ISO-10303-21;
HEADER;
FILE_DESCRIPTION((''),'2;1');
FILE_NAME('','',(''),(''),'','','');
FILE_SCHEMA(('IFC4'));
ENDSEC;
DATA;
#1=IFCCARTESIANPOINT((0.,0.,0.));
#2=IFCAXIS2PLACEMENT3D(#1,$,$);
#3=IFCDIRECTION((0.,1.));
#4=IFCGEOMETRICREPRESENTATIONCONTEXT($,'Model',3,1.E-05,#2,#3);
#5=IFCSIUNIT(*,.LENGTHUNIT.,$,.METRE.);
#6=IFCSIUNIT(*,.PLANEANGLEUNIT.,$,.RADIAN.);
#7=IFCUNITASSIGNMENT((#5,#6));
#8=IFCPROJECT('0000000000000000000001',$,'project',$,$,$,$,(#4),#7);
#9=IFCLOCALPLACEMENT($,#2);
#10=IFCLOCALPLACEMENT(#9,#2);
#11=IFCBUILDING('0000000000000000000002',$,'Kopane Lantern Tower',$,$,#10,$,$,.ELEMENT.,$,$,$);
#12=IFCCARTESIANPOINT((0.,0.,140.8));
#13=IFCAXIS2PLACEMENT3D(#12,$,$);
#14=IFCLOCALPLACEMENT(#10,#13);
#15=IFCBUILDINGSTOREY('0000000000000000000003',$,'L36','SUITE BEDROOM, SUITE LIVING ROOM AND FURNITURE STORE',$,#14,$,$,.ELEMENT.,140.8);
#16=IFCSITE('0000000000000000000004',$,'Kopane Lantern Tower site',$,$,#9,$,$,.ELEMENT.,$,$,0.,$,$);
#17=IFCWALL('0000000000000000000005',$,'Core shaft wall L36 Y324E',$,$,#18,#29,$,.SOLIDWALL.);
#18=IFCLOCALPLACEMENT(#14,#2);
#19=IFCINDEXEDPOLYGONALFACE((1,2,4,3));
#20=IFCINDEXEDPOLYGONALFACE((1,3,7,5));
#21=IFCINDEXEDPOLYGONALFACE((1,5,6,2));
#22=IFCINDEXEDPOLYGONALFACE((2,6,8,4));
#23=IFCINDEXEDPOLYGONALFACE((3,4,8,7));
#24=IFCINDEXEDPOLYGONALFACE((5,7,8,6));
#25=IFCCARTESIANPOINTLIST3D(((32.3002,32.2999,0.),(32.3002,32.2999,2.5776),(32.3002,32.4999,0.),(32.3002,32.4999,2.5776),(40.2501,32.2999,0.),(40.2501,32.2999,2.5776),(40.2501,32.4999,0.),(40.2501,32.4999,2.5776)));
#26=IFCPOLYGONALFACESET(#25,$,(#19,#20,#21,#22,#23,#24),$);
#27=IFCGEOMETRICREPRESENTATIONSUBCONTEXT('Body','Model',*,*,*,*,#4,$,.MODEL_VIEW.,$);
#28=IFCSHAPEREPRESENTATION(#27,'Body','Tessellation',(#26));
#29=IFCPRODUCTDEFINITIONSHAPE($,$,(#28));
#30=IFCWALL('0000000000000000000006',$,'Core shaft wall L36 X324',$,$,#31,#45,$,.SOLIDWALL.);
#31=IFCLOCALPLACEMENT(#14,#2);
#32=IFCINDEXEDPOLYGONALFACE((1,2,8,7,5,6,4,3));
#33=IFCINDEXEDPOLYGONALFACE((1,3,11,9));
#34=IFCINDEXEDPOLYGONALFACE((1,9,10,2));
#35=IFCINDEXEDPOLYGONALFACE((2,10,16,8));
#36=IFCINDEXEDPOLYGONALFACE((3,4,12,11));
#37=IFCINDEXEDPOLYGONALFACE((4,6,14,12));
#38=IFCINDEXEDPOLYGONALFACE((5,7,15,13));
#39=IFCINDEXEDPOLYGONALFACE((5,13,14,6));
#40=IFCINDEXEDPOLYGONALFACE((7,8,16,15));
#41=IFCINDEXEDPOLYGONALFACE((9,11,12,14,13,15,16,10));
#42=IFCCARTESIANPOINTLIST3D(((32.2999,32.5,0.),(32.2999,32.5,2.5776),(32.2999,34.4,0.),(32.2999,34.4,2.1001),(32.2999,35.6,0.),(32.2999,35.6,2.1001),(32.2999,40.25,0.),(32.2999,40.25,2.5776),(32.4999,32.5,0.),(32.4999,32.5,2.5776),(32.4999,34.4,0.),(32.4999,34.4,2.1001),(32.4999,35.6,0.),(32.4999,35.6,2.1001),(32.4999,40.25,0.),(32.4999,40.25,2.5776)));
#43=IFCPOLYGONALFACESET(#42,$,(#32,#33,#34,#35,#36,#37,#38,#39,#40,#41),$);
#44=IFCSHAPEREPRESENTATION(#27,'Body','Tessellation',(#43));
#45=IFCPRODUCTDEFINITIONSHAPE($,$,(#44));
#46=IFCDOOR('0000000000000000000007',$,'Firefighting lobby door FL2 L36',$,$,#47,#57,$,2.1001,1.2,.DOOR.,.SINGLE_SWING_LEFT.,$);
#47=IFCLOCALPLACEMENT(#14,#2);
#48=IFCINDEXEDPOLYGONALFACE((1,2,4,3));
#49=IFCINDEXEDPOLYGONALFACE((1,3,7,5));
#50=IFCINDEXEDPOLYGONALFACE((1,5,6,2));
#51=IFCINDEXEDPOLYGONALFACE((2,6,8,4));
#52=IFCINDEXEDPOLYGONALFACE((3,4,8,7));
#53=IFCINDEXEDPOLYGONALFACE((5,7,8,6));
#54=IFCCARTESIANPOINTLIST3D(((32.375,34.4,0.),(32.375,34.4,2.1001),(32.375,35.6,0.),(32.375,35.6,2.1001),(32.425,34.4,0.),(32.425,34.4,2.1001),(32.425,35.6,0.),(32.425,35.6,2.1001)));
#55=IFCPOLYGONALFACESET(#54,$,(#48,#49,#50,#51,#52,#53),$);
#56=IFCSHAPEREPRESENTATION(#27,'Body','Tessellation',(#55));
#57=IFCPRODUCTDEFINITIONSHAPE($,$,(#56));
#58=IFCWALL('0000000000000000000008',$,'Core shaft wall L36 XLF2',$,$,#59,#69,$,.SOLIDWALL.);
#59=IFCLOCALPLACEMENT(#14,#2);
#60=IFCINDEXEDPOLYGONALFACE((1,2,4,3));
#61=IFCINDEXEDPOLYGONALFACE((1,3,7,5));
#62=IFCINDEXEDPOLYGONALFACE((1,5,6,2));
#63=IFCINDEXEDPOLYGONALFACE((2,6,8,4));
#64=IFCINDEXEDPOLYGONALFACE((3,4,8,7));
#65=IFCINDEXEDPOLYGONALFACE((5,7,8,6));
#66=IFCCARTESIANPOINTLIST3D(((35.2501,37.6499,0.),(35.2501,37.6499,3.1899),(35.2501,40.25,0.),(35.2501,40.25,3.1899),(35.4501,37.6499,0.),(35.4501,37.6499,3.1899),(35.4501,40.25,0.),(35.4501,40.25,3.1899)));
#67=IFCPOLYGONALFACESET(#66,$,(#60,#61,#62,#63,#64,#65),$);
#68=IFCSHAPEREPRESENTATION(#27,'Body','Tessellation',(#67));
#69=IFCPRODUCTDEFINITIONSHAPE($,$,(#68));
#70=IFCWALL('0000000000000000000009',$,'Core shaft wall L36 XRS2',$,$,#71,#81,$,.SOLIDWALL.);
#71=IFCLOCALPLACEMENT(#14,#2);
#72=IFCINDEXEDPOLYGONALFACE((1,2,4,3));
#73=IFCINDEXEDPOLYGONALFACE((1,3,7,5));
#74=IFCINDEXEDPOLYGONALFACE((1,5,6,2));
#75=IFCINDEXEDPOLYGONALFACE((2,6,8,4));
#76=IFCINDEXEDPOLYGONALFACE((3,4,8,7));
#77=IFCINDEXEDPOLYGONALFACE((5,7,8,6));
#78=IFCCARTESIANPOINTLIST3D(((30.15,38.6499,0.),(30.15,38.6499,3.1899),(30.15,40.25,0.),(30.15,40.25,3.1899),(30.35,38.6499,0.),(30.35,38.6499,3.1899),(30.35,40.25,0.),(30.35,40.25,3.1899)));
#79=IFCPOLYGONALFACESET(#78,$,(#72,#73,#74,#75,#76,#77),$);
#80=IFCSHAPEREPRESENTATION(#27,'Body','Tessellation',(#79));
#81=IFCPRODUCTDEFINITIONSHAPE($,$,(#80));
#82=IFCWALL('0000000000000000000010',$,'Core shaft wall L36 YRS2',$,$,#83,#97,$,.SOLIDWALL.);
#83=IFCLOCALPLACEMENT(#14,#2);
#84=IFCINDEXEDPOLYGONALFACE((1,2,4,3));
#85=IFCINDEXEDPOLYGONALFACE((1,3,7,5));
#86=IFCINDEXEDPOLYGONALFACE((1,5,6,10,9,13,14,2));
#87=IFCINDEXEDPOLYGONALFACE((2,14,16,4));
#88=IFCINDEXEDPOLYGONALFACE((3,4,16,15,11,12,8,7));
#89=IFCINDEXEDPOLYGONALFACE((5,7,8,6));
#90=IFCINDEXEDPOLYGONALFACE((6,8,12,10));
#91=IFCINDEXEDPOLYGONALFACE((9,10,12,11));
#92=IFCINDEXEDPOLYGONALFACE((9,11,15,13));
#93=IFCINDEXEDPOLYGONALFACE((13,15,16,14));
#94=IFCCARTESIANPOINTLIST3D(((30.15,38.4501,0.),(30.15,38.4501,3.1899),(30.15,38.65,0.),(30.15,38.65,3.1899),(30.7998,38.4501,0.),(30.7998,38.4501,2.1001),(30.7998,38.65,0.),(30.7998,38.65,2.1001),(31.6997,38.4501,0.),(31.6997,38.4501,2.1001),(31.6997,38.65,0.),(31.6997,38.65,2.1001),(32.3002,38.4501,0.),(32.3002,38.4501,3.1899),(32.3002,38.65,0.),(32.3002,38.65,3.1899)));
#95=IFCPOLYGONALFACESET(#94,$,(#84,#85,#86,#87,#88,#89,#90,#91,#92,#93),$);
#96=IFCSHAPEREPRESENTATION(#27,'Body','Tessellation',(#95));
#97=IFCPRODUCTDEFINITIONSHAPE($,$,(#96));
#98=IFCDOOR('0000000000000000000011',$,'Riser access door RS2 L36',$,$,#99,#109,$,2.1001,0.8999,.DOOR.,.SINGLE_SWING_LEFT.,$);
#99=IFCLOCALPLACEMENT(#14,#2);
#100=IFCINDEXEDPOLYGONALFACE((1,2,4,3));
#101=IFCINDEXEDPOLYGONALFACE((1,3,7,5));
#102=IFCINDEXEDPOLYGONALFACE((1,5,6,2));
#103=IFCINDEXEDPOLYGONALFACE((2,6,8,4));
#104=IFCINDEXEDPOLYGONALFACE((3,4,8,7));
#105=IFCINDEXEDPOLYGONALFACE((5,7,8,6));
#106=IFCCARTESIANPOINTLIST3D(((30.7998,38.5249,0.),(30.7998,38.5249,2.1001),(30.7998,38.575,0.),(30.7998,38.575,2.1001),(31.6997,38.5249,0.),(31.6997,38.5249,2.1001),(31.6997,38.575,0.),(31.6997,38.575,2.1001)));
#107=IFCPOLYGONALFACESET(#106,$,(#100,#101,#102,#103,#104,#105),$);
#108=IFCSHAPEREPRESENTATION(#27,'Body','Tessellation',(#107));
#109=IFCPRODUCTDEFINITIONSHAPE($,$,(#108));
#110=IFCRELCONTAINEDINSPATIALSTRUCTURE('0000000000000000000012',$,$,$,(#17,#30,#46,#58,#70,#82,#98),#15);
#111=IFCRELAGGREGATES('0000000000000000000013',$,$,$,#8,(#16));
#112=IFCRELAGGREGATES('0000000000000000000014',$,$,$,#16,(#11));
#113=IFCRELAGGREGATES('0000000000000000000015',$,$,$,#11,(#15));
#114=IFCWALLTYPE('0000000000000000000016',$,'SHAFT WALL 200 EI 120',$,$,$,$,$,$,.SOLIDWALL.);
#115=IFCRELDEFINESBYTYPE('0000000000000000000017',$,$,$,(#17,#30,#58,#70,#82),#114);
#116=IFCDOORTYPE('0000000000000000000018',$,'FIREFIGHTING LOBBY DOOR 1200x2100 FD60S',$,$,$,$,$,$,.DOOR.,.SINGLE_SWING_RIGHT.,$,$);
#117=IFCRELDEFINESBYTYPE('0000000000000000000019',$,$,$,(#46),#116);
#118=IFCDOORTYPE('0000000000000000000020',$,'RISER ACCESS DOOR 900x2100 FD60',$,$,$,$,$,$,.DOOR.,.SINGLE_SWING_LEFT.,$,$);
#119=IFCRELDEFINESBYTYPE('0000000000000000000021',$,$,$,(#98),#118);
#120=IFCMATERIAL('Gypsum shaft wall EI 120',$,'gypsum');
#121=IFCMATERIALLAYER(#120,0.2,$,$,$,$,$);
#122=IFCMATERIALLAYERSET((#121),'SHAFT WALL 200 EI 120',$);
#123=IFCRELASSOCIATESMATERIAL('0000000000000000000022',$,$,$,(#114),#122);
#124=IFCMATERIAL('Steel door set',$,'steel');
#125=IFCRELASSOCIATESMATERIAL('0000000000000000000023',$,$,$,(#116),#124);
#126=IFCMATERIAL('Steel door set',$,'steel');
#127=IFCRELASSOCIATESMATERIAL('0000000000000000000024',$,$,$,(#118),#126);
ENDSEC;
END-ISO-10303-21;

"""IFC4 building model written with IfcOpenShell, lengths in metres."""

from ifc_helpers import new_model, si_unit, direction, frame, frame_2d, origin, place, context, subcontext, project, spatial, rectangle, extrude, material, layer, layer_set, type_object, element, fill, save


model = new_model("IFC4")

# Units and contexts
model_context = context("Model", 3, precision=1e-05, world=origin(), true_north=direction((0.0, 1.0)))
body_context = subcontext(model_context, "Body", "Model", "MODEL_VIEW")
ifc_project = project(units=[si_unit("LENGTHUNIT", "METRE"), si_unit("PLANEANGLEUNIT", "RADIAN")], contexts=[model_context])

# Site, building, storey
site_placement = place(None, origin())
site = spatial("IfcSite", under=ifc_project, at=site_placement, Name="Kopane Lantern Tower site", CompositionType="ELEMENT", RefElevation=0.0)
building_placement = place(site_placement, origin())
building = spatial("IfcBuilding", under=site, at=building_placement, Name="Kopane Lantern Tower", CompositionType="ELEMENT")
storey_placement = place(building_placement, frame((0.0, 0.0, 140.8)))
storey = spatial("IfcBuildingStorey", under=building, at=storey_placement, Name="L36", Description="SUITE BEDROOM, SUITE LIVING ROOM AND FURNITURE STORE", CompositionType="ELEMENT", Elevation=140.8)

# Wall
ifc_material_1 = material(Name="Gypsum shaft wall EI 120", Category="gypsum")
ifc_layer_1 = layer(ifc_material_1, 0.2)
ifc_layer_set_1 = layer_set([ifc_layer_1], Name="SHAFT WALL 200 EI 120")
wall_type_1 = type_object("IfcWallType", Name="SHAFT WALL 200 EI 120", PredefinedType="SOLIDWALL", material=ifc_layer_set_1)
wall_1_placement = place(storey_placement, frame((32.3, 32.3999, 0.0), z_axis=(0.0, 0.0, 1.0), x_axis=(1.0, 0.0, 0.0)))
element("IfcWall", 1, at=wall_1_placement, inside=storey, type_object=wall_type_1, Name="Core shaft wall L36 Y324E", PredefinedType="SOLIDWALL", context=body_context, shape_type="SweptSolid", body=[
    extrude(rectangle(XDim=7.95, YDim=0.2, at=frame_2d((3.9751, 0.0))), origin(), (0.0, 0.0, 1.0), 2.5776),
])

# Wall, opening, door
wall_2_placement = place(storey_placement, frame((32.3999, 32.5, 0.0), z_axis=(0.0, 0.0, 1.0), x_axis=(0.0, 1.0, 0.0)))
wall_2 = element("IfcWall", 2, at=wall_2_placement, inside=storey, type_object=wall_type_1, Name="Core shaft wall L36 X324", PredefinedType="SOLIDWALL", context=body_context, shape_type="SweptSolid", body=[
    extrude(rectangle(XDim=7.75, YDim=0.2, at=frame_2d((3.875, 0.0))), origin(), (0.0, 0.0, 1.0), 2.5776),
])
opening_1_placement = place(wall_2_placement, frame((1.8999, 0.0, 0.0)))
opening_1 = element("IfcOpeningElement", 3, at=opening_1_placement, cuts=wall_2, PredefinedType="OPENING", context=body_context, shape_type="SweptSolid", body=[
    extrude(rectangle(XDim=1.2, YDim=2.1001, at=frame_2d((0.6001, 1.05))), frame((0.0, 0.1099, 0.0), z_axis=(0.0, -1.0, 0.0), x_axis=(1.0, 0.0, 0.0)), (0.0, 0.0, 1.0), 0.22),
])
ifc_material_2 = material(Name="Steel door set", Category="steel")
door_type_1 = type_object("IfcDoorType", Name="FIREFIGHTING LOBBY DOOR 1200x2100 FD60S", OperationType="SINGLE_SWING_RIGHT", PredefinedType="DOOR", material=ifc_material_2)
door_1_placement = place(opening_1_placement, origin())
door_1 = element("IfcDoor", 4, at=door_1_placement, inside=storey, type_object=door_type_1, Name="Firefighting lobby door FL2 L36", OperationType="SINGLE_SWING_LEFT", OverallHeight=2.1001, OverallWidth=1.2, PredefinedType="DOOR", context=body_context, shape_type="SweptSolid", body=[
    extrude(rectangle(XDim=1.2, YDim=2.1001, at=frame_2d((0.6001, 1.05))), frame((0.0, 0.0249, 0.0), z_axis=(0.0, -1.0, 0.0), x_axis=(1.0, 0.0, 0.0)), (0.0, 0.0, 1.0), 0.05),
])
fill(opening_1, door_1)

# Walls
wall_3_placement = place(storey_placement, frame((35.3501, 37.6499, 0.0), z_axis=(0.0, 0.0, 1.0), x_axis=(0.0, 1.0, 0.0)))
element("IfcWall", 5, at=wall_3_placement, inside=storey, type_object=wall_type_1, Name="Core shaft wall L36 XLF2", PredefinedType="SOLIDWALL", context=body_context, shape_type="SweptSolid", body=[
    extrude(rectangle(XDim=2.6001, YDim=0.2, at=frame_2d((1.3, 0.0))), origin(), (0.0, 0.0, 1.0), 3.1899),
])
wall_4_placement = place(storey_placement, frame((30.25, 38.6499, 0.0), z_axis=(0.0, 0.0, 1.0), x_axis=(0.0, 1.0, 0.0)))
element("IfcWall", 6, at=wall_4_placement, inside=storey, type_object=wall_type_1, Name="Core shaft wall L36 XRS2", PredefinedType="SOLIDWALL", context=body_context, shape_type="SweptSolid", body=[
    extrude(rectangle(XDim=1.6001, YDim=0.2, at=frame_2d((0.8, 0.0))), origin(), (0.0, 0.0, 1.0), 3.1899),
])

# Wall, opening, door
wall_5_placement = place(storey_placement, frame((30.1499, 38.55, 0.0), z_axis=(0.0, 0.0, 1.0), x_axis=(1.0, 0.0, 0.0)))
wall_5 = element("IfcWall", 7, at=wall_5_placement, inside=storey, type_object=wall_type_1, Name="Core shaft wall L36 YRS2", PredefinedType="SOLIDWALL", context=body_context, shape_type="SweptSolid", body=[
    extrude(rectangle(XDim=2.1501, YDim=0.2, at=frame_2d((1.0752, 0.0))), origin(), (0.0, 0.0, 1.0), 3.1899),
])
opening_2_placement = place(wall_5_placement, frame((0.6499, 0.0, 0.0)))
opening_2 = element("IfcOpeningElement", 8, at=opening_2_placement, cuts=wall_5, PredefinedType="OPENING", context=body_context, shape_type="SweptSolid", body=[
    extrude(rectangle(XDim=0.8999, YDim=2.1001, at=frame_2d((0.45, 1.05))), frame((0.0, 0.1099, 0.0), z_axis=(0.0, -1.0, 0.0), x_axis=(1.0, 0.0, 0.0)), (0.0, 0.0, 1.0), 0.22),
])
ifc_material_3 = material(Name="Steel door set", Category="steel")
door_type_2 = type_object("IfcDoorType", Name="RISER ACCESS DOOR 900x2100 FD60", OperationType="SINGLE_SWING_LEFT", PredefinedType="DOOR", material=ifc_material_3)
door_2_placement = place(opening_2_placement, origin())
door_2 = element("IfcDoor", 9, at=door_2_placement, inside=storey, type_object=door_type_2, Name="Riser access door RS2 L36", OperationType="SINGLE_SWING_LEFT", OverallHeight=2.1001, OverallWidth=0.8999, PredefinedType="DOOR", context=body_context, shape_type="SweptSolid", body=[
    extrude(rectangle(XDim=0.8999, YDim=2.1001, at=frame_2d((0.45, 1.05))), frame((0.0, 0.0249, 0.0), z_axis=(0.0, -1.0, 0.0), x_axis=(1.0, 0.0, 0.0)), (0.0, 0.0, 1.0), 0.05),
])
fill(opening_2, door_2)

save(model, "model.ifc")
